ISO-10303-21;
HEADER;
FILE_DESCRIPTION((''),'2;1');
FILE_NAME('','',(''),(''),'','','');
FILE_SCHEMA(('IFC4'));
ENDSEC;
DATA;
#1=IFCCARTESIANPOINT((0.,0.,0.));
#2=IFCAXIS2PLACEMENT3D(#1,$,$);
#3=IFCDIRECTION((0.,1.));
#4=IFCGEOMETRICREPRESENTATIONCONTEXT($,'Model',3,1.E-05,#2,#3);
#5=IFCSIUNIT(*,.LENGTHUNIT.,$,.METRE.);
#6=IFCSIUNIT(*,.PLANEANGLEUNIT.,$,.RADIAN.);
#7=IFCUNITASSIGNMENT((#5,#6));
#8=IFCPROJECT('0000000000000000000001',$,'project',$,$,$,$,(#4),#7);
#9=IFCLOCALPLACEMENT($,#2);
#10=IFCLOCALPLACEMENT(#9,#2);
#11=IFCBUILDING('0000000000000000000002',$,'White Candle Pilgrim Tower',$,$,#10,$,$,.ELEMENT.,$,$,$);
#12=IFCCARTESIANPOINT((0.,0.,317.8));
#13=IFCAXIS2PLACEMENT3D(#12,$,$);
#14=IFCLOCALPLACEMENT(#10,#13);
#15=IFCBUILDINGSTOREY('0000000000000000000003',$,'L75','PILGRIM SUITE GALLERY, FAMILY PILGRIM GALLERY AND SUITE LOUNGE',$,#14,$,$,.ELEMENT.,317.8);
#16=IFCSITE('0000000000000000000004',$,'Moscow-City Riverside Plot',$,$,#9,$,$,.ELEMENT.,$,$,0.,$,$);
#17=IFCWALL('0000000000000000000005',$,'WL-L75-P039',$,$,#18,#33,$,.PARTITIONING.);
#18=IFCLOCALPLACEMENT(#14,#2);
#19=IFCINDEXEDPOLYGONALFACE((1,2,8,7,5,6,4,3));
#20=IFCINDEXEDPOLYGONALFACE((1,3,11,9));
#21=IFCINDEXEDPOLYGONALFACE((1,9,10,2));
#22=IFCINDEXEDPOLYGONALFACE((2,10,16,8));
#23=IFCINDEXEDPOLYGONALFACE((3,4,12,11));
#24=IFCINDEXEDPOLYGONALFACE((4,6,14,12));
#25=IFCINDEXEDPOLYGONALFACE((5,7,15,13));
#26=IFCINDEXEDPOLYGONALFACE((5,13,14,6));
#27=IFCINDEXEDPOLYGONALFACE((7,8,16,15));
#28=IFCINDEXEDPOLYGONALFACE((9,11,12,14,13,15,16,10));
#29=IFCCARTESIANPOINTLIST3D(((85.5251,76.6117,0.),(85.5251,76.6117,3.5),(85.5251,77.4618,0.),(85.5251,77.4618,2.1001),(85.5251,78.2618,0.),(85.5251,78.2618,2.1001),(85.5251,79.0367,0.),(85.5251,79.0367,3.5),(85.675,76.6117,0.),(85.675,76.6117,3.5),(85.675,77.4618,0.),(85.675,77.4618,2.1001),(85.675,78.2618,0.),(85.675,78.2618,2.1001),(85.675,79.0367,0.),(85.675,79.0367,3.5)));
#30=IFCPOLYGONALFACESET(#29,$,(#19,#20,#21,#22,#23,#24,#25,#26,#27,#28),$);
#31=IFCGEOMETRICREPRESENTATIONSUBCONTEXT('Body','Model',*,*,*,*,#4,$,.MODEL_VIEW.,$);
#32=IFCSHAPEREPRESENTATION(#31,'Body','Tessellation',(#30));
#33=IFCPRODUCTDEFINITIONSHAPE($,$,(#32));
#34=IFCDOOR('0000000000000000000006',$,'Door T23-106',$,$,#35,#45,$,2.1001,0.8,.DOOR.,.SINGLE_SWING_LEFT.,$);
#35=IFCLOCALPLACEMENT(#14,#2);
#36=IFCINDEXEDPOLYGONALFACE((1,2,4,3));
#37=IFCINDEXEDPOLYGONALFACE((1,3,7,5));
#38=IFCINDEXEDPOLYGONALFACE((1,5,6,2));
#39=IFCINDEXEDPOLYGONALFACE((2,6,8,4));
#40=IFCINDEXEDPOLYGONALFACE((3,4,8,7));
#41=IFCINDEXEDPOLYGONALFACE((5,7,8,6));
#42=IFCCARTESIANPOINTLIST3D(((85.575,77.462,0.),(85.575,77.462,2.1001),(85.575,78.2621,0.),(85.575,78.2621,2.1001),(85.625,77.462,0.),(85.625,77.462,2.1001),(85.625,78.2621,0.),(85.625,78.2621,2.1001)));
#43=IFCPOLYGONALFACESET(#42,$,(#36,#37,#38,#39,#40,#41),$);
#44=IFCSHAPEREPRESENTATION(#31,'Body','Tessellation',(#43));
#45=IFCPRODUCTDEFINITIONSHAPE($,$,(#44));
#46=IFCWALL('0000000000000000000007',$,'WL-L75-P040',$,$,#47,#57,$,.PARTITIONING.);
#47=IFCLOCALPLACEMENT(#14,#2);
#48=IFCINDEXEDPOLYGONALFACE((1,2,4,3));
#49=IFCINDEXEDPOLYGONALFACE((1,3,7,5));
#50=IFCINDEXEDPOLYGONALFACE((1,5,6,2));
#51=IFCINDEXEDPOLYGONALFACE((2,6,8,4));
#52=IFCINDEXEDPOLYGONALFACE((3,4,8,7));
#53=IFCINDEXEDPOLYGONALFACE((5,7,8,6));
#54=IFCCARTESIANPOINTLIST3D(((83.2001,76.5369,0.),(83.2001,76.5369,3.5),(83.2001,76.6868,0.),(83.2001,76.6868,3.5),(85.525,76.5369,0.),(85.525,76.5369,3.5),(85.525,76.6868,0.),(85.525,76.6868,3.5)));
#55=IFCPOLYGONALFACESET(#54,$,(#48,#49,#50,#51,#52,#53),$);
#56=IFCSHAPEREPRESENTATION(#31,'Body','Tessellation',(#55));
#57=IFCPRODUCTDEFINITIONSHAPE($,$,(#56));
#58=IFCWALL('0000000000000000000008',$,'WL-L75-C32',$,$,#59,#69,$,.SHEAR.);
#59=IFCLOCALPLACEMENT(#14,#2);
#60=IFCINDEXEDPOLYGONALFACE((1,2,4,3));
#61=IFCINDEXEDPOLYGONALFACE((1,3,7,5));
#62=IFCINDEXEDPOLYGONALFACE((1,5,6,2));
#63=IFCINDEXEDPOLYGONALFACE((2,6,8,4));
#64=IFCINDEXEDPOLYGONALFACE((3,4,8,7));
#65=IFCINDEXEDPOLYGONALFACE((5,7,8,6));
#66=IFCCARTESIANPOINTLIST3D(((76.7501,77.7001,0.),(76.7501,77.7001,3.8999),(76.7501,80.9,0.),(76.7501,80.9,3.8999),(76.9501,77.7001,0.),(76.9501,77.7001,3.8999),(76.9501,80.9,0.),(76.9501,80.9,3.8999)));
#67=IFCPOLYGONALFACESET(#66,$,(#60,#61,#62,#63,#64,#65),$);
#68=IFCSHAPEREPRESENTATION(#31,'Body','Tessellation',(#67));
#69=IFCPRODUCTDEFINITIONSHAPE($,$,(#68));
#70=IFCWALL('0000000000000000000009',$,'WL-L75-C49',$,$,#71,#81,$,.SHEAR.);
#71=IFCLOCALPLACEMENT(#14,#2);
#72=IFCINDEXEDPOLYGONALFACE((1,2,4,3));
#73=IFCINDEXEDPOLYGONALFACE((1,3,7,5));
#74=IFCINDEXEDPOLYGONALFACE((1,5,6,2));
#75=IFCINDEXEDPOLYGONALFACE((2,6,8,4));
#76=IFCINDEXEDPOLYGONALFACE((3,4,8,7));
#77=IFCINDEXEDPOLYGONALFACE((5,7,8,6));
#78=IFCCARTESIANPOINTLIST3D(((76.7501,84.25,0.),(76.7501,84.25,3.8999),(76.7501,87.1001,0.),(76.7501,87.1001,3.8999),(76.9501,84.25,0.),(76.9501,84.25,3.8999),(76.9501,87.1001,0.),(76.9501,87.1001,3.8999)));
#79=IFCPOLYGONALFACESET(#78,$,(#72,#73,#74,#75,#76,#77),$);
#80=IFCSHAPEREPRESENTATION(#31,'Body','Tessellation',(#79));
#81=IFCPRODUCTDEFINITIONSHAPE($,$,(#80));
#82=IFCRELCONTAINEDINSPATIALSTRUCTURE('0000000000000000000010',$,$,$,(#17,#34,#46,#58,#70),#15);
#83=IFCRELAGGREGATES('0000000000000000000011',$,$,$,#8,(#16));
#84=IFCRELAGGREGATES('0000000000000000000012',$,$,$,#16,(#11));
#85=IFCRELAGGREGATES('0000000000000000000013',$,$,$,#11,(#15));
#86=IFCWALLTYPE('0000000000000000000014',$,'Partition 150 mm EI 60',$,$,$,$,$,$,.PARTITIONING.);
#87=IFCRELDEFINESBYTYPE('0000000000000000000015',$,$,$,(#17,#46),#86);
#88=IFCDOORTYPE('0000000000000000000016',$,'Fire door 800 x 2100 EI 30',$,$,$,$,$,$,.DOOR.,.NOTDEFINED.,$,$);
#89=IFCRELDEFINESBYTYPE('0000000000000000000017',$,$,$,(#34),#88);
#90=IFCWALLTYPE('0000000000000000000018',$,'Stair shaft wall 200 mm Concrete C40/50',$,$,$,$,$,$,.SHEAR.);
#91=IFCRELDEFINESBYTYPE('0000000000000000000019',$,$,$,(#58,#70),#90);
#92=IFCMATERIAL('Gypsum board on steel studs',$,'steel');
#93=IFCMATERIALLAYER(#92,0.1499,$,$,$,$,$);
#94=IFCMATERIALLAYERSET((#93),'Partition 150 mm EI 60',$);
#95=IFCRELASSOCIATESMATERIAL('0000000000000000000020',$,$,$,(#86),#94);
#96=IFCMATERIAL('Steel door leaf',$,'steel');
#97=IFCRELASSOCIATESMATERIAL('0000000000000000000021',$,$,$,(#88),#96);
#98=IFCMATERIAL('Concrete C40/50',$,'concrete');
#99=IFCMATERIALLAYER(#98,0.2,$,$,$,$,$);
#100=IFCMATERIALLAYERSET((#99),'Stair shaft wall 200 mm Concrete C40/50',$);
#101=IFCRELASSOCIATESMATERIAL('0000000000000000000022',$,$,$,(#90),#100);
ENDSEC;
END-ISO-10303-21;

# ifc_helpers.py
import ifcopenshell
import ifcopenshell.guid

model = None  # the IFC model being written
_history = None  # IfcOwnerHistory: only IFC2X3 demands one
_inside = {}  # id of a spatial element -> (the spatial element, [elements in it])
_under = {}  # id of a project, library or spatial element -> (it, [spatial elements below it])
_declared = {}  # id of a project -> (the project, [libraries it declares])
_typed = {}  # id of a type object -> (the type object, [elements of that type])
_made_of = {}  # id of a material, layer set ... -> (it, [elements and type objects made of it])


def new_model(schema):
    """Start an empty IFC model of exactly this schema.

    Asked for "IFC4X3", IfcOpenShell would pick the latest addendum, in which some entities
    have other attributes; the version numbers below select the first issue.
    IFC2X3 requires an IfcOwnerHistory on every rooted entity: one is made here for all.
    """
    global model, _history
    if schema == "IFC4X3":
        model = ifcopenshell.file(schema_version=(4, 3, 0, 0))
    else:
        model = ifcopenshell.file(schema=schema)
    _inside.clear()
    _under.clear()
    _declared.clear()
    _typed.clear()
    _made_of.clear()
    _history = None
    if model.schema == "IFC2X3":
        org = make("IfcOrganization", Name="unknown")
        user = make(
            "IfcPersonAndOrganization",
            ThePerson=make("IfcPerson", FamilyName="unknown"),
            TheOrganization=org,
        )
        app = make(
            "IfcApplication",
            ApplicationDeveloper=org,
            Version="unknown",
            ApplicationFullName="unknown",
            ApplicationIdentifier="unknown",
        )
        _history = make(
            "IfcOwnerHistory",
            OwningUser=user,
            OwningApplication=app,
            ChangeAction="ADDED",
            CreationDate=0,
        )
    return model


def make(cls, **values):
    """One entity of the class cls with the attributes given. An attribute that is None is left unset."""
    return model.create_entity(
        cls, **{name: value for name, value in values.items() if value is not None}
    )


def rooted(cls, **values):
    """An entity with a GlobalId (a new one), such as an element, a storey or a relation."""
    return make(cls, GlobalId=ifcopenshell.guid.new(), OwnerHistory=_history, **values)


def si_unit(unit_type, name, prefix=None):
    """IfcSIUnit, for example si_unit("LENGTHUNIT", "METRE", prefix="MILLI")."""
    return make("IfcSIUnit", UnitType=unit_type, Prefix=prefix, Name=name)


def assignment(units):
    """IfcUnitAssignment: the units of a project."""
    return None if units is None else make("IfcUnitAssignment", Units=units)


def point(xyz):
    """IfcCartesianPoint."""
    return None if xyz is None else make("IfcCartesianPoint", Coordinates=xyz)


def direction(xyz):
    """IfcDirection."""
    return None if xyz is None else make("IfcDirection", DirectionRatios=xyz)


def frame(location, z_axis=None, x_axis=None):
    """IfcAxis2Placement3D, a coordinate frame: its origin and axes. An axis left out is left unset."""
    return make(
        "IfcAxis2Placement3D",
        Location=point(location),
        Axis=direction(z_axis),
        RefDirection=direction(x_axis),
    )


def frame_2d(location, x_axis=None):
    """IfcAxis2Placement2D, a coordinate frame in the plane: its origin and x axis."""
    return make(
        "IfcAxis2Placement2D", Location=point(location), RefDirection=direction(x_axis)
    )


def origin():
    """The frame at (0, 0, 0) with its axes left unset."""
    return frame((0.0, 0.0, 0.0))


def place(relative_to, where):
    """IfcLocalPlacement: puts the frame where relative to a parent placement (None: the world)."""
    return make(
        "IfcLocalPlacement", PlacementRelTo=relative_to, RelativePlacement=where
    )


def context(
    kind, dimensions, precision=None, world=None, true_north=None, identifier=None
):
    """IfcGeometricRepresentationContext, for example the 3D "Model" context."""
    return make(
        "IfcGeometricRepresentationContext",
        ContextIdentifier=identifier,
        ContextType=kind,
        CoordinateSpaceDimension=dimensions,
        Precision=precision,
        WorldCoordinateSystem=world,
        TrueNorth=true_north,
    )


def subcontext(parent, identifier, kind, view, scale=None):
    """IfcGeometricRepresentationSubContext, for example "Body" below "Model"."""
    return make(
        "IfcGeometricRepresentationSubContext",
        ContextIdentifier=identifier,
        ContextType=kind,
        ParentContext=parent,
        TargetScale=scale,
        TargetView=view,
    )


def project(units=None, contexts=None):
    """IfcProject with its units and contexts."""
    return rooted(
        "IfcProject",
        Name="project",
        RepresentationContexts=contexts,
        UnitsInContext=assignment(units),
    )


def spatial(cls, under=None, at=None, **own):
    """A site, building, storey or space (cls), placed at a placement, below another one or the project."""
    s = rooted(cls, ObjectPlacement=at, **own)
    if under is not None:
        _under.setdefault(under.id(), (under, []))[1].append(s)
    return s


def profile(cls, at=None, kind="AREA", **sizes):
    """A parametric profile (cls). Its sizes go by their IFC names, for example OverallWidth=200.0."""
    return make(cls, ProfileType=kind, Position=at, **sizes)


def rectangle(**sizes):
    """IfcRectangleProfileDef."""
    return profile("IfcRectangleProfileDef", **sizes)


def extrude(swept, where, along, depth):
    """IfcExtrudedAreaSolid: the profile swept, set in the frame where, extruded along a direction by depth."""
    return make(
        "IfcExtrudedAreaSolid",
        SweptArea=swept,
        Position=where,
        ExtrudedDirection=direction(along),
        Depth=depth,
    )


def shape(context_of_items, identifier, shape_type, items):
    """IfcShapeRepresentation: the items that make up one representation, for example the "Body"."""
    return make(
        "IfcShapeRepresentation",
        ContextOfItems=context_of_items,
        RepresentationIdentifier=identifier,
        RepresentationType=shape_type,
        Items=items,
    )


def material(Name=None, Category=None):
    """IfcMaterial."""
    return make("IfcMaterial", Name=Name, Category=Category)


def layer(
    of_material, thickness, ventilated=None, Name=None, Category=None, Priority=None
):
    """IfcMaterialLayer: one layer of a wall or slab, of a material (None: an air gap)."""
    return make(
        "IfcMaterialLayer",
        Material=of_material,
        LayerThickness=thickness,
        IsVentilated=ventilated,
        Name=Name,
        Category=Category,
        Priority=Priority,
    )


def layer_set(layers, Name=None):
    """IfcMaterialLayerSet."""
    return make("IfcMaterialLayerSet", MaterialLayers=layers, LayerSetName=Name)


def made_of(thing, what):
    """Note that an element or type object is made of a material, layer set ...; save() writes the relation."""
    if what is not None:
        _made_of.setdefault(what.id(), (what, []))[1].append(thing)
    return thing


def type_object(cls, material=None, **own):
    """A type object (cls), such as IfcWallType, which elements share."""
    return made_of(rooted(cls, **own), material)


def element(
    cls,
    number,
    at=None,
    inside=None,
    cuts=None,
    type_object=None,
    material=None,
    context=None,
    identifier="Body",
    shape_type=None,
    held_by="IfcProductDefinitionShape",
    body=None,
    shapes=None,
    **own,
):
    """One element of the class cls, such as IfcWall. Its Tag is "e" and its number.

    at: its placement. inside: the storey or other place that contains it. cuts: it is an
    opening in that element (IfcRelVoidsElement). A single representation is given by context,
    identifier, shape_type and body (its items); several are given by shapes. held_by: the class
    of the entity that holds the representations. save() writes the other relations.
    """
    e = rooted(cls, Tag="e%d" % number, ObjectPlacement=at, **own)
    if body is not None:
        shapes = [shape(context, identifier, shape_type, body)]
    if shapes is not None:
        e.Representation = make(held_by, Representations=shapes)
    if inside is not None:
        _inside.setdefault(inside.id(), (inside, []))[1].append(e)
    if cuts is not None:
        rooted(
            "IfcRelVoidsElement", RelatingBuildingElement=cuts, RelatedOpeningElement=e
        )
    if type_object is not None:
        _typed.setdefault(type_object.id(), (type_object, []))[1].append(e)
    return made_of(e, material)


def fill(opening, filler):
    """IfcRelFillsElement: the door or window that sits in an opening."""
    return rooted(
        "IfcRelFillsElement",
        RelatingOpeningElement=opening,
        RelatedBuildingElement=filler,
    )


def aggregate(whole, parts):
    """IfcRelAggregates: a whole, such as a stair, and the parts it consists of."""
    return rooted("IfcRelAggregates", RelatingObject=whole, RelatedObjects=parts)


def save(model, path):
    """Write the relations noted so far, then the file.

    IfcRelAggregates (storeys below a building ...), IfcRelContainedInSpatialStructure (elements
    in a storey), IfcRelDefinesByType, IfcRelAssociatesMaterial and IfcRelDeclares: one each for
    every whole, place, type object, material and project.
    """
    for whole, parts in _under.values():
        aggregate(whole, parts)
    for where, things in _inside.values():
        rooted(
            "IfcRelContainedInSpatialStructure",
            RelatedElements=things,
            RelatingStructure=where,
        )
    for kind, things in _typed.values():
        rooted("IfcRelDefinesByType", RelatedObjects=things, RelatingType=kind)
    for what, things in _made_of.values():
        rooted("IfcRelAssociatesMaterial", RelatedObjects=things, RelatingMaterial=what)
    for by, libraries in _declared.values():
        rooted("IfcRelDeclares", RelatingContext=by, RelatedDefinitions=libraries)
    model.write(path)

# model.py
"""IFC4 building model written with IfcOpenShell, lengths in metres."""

from ifc_helpers import new_model, si_unit, direction, frame, frame_2d, origin, place, context, subcontext, project, spatial, rectangle, extrude, material, layer, layer_set, type_object, element, fill, save


model = new_model("IFC4")

# Units and contexts
model_context = context("Model", 3, precision=1e-05, world=origin(), true_north=direction((0.0, 1.0)))
body_context = subcontext(model_context, "Body", "Model", "MODEL_VIEW")
ifc_project = project(units=[si_unit("LENGTHUNIT", "METRE"), si_unit("PLANEANGLEUNIT", "RADIAN")], contexts=[model_context])

# Site, building, storey
site_placement = place(None, origin())
site = spatial("IfcSite", under=ifc_project, at=site_placement, Name="Moscow-City Riverside Plot", CompositionType="ELEMENT", RefElevation=0.0)
building_placement = place(site_placement, origin())
building = spatial("IfcBuilding", under=site, at=building_placement, Name="White Candle Pilgrim Tower", CompositionType="ELEMENT")
storey_placement = place(building_placement, frame((0.0, 0.0, 317.8)))
storey = spatial("IfcBuildingStorey", under=building, at=storey_placement, Name="L75", Description="PILGRIM SUITE GALLERY, FAMILY PILGRIM GALLERY AND SUITE LOUNGE", CompositionType="ELEMENT", Elevation=317.8)

# Shared definitions
ifc_material_1 = material(Name="Concrete C40/50", Category="concrete")

# Shared definitions
ifc_material_2 = material(Name="Steel door leaf", Category="steel")

# Shared definitions
ifc_material_3 = material(Name="Gypsum board on steel studs", Category="steel")

# Shared definitions
ifc_layer_1 = layer(ifc_material_3, 0.1499)
ifc_layer_set_1 = layer_set([ifc_layer_1], Name="Partition 150 mm EI 60")
wall_type_1 = type_object("IfcWallType", Name="Partition 150 mm EI 60", PredefinedType="PARTITIONING", material=ifc_layer_set_1)

# Wall, opening, door
wall_1_placement = place(storey_placement, frame((85.6001, 76.6118, 0.0), z_axis=(0.0, 0.0, 1.0), x_axis=(0.0, 1.0, 0.0)))
wall_1 = element("IfcWall", 1, at=wall_1_placement, inside=storey, type_object=wall_type_1, Name="WL-L75-P039", PredefinedType="PARTITIONING", context=body_context, shape_type="SweptSolid", body=[
    extrude(rectangle(XDim=2.425, YDim=0.1499, at=frame_2d((1.2124, 0.0))), origin(), (0.0, 0.0, 1.0), 3.5),
])
opening_1_placement = place(wall_1_placement, frame((0.8501, 0.0, 0.0)))
opening_1 = element("IfcOpeningElement", 2, at=opening_1_placement, cuts=wall_1, PredefinedType="OPENING", context=body_context, shape_type="SweptSolid", body=[
    extrude(rectangle(XDim=0.8, YDim=2.1001, at=frame_2d((0.3999, 1.05))), frame((0.0, 0.085, 0.0), z_axis=(0.0, -1.0, 0.0), x_axis=(1.0, 0.0, 0.0)), (0.0, 0.0, 1.0), 0.1699),
])
door_type_1 = type_object("IfcDoorType", Name="Fire door 800 x 2100 EI 30", OperationType="NOTDEFINED", PredefinedType="DOOR", material=ifc_material_2)
door_1_placement = place(opening_1_placement, frame((0.8, 0.0, 0.0), z_axis=(0.0, 0.0, 1.0), x_axis=(-1.0, 0.0, 0.0)))
door_1 = element("IfcDoor", 3, at=door_1_placement, inside=storey, type_object=door_type_1, Name="Door T23-106", OperationType="SINGLE_SWING_LEFT", OverallHeight=2.1001, OverallWidth=0.8, PredefinedType="DOOR", context=body_context, shape_type="SweptSolid", body=[
    extrude(rectangle(XDim=0.8, YDim=2.1001, at=frame_2d((0.3999, 1.05))), frame((0.0, 0.0249, 0.0), z_axis=(0.0, -1.0, 0.0), x_axis=(1.0, 0.0, 0.0)), (0.0, 0.0, 1.0), 0.05),
])
fill(opening_1, door_1)

# Walls
wall_2_placement = place(storey_placement, frame((83.2, 76.6118, 0.0), z_axis=(0.0, 0.0, 1.0), x_axis=(1.0, 0.0, 0.0)))
element("IfcWall", 4, at=wall_2_placement, inside=storey, type_object=wall_type_1, Name="WL-L75-P040", PredefinedType="PARTITIONING", context=body_context, shape_type="SweptSolid", body=[
    extrude(rectangle(XDim=2.325, YDim=0.1499, at=frame_2d((1.1626, 0.0))), origin(), (0.0, 0.0, 1.0), 3.5),
])
ifc_layer_2 = layer(ifc_material_1, 0.2)
ifc_layer_set_2 = layer_set([ifc_layer_2], Name="Stair shaft wall 200 mm Concrete C40/50")
wall_type_2 = type_object("IfcWallType", Name="Stair shaft wall 200 mm Concrete C40/50", PredefinedType="SHEAR", material=ifc_layer_set_2)
wall_3_placement = place(storey_placement, frame((76.8501, 77.7, 0.0), z_axis=(0.0, 0.0, 1.0), x_axis=(0.0, 1.0, 0.0)))
element("IfcWall", 5, at=wall_3_placement, inside=storey, type_object=wall_type_2, Name="WL-L75-C32", PredefinedType="SHEAR", context=body_context, shape_type="SweptSolid", body=[
    extrude(rectangle(XDim=3.2, YDim=0.2, at=frame_2d((1.6001, 0.0))), origin(), (0.0, 0.0, 1.0), 3.8999),
])
wall_4_placement = place(storey_placement, frame((76.8501, 84.25, 0.0), z_axis=(0.0, 0.0, 1.0), x_axis=(0.0, 1.0, 0.0)))
element("IfcWall", 6, at=wall_4_placement, inside=storey, type_object=wall_type_2, Name="WL-L75-C49", PredefinedType="SHEAR", context=body_context, shape_type="SweptSolid", body=[
    extrude(rectangle(XDim=2.8501, YDim=0.2, at=frame_2d((1.425, 0.0))), origin(), (0.0, 0.0, 1.0), 3.8999),
])

save(model, "model.ifc")
